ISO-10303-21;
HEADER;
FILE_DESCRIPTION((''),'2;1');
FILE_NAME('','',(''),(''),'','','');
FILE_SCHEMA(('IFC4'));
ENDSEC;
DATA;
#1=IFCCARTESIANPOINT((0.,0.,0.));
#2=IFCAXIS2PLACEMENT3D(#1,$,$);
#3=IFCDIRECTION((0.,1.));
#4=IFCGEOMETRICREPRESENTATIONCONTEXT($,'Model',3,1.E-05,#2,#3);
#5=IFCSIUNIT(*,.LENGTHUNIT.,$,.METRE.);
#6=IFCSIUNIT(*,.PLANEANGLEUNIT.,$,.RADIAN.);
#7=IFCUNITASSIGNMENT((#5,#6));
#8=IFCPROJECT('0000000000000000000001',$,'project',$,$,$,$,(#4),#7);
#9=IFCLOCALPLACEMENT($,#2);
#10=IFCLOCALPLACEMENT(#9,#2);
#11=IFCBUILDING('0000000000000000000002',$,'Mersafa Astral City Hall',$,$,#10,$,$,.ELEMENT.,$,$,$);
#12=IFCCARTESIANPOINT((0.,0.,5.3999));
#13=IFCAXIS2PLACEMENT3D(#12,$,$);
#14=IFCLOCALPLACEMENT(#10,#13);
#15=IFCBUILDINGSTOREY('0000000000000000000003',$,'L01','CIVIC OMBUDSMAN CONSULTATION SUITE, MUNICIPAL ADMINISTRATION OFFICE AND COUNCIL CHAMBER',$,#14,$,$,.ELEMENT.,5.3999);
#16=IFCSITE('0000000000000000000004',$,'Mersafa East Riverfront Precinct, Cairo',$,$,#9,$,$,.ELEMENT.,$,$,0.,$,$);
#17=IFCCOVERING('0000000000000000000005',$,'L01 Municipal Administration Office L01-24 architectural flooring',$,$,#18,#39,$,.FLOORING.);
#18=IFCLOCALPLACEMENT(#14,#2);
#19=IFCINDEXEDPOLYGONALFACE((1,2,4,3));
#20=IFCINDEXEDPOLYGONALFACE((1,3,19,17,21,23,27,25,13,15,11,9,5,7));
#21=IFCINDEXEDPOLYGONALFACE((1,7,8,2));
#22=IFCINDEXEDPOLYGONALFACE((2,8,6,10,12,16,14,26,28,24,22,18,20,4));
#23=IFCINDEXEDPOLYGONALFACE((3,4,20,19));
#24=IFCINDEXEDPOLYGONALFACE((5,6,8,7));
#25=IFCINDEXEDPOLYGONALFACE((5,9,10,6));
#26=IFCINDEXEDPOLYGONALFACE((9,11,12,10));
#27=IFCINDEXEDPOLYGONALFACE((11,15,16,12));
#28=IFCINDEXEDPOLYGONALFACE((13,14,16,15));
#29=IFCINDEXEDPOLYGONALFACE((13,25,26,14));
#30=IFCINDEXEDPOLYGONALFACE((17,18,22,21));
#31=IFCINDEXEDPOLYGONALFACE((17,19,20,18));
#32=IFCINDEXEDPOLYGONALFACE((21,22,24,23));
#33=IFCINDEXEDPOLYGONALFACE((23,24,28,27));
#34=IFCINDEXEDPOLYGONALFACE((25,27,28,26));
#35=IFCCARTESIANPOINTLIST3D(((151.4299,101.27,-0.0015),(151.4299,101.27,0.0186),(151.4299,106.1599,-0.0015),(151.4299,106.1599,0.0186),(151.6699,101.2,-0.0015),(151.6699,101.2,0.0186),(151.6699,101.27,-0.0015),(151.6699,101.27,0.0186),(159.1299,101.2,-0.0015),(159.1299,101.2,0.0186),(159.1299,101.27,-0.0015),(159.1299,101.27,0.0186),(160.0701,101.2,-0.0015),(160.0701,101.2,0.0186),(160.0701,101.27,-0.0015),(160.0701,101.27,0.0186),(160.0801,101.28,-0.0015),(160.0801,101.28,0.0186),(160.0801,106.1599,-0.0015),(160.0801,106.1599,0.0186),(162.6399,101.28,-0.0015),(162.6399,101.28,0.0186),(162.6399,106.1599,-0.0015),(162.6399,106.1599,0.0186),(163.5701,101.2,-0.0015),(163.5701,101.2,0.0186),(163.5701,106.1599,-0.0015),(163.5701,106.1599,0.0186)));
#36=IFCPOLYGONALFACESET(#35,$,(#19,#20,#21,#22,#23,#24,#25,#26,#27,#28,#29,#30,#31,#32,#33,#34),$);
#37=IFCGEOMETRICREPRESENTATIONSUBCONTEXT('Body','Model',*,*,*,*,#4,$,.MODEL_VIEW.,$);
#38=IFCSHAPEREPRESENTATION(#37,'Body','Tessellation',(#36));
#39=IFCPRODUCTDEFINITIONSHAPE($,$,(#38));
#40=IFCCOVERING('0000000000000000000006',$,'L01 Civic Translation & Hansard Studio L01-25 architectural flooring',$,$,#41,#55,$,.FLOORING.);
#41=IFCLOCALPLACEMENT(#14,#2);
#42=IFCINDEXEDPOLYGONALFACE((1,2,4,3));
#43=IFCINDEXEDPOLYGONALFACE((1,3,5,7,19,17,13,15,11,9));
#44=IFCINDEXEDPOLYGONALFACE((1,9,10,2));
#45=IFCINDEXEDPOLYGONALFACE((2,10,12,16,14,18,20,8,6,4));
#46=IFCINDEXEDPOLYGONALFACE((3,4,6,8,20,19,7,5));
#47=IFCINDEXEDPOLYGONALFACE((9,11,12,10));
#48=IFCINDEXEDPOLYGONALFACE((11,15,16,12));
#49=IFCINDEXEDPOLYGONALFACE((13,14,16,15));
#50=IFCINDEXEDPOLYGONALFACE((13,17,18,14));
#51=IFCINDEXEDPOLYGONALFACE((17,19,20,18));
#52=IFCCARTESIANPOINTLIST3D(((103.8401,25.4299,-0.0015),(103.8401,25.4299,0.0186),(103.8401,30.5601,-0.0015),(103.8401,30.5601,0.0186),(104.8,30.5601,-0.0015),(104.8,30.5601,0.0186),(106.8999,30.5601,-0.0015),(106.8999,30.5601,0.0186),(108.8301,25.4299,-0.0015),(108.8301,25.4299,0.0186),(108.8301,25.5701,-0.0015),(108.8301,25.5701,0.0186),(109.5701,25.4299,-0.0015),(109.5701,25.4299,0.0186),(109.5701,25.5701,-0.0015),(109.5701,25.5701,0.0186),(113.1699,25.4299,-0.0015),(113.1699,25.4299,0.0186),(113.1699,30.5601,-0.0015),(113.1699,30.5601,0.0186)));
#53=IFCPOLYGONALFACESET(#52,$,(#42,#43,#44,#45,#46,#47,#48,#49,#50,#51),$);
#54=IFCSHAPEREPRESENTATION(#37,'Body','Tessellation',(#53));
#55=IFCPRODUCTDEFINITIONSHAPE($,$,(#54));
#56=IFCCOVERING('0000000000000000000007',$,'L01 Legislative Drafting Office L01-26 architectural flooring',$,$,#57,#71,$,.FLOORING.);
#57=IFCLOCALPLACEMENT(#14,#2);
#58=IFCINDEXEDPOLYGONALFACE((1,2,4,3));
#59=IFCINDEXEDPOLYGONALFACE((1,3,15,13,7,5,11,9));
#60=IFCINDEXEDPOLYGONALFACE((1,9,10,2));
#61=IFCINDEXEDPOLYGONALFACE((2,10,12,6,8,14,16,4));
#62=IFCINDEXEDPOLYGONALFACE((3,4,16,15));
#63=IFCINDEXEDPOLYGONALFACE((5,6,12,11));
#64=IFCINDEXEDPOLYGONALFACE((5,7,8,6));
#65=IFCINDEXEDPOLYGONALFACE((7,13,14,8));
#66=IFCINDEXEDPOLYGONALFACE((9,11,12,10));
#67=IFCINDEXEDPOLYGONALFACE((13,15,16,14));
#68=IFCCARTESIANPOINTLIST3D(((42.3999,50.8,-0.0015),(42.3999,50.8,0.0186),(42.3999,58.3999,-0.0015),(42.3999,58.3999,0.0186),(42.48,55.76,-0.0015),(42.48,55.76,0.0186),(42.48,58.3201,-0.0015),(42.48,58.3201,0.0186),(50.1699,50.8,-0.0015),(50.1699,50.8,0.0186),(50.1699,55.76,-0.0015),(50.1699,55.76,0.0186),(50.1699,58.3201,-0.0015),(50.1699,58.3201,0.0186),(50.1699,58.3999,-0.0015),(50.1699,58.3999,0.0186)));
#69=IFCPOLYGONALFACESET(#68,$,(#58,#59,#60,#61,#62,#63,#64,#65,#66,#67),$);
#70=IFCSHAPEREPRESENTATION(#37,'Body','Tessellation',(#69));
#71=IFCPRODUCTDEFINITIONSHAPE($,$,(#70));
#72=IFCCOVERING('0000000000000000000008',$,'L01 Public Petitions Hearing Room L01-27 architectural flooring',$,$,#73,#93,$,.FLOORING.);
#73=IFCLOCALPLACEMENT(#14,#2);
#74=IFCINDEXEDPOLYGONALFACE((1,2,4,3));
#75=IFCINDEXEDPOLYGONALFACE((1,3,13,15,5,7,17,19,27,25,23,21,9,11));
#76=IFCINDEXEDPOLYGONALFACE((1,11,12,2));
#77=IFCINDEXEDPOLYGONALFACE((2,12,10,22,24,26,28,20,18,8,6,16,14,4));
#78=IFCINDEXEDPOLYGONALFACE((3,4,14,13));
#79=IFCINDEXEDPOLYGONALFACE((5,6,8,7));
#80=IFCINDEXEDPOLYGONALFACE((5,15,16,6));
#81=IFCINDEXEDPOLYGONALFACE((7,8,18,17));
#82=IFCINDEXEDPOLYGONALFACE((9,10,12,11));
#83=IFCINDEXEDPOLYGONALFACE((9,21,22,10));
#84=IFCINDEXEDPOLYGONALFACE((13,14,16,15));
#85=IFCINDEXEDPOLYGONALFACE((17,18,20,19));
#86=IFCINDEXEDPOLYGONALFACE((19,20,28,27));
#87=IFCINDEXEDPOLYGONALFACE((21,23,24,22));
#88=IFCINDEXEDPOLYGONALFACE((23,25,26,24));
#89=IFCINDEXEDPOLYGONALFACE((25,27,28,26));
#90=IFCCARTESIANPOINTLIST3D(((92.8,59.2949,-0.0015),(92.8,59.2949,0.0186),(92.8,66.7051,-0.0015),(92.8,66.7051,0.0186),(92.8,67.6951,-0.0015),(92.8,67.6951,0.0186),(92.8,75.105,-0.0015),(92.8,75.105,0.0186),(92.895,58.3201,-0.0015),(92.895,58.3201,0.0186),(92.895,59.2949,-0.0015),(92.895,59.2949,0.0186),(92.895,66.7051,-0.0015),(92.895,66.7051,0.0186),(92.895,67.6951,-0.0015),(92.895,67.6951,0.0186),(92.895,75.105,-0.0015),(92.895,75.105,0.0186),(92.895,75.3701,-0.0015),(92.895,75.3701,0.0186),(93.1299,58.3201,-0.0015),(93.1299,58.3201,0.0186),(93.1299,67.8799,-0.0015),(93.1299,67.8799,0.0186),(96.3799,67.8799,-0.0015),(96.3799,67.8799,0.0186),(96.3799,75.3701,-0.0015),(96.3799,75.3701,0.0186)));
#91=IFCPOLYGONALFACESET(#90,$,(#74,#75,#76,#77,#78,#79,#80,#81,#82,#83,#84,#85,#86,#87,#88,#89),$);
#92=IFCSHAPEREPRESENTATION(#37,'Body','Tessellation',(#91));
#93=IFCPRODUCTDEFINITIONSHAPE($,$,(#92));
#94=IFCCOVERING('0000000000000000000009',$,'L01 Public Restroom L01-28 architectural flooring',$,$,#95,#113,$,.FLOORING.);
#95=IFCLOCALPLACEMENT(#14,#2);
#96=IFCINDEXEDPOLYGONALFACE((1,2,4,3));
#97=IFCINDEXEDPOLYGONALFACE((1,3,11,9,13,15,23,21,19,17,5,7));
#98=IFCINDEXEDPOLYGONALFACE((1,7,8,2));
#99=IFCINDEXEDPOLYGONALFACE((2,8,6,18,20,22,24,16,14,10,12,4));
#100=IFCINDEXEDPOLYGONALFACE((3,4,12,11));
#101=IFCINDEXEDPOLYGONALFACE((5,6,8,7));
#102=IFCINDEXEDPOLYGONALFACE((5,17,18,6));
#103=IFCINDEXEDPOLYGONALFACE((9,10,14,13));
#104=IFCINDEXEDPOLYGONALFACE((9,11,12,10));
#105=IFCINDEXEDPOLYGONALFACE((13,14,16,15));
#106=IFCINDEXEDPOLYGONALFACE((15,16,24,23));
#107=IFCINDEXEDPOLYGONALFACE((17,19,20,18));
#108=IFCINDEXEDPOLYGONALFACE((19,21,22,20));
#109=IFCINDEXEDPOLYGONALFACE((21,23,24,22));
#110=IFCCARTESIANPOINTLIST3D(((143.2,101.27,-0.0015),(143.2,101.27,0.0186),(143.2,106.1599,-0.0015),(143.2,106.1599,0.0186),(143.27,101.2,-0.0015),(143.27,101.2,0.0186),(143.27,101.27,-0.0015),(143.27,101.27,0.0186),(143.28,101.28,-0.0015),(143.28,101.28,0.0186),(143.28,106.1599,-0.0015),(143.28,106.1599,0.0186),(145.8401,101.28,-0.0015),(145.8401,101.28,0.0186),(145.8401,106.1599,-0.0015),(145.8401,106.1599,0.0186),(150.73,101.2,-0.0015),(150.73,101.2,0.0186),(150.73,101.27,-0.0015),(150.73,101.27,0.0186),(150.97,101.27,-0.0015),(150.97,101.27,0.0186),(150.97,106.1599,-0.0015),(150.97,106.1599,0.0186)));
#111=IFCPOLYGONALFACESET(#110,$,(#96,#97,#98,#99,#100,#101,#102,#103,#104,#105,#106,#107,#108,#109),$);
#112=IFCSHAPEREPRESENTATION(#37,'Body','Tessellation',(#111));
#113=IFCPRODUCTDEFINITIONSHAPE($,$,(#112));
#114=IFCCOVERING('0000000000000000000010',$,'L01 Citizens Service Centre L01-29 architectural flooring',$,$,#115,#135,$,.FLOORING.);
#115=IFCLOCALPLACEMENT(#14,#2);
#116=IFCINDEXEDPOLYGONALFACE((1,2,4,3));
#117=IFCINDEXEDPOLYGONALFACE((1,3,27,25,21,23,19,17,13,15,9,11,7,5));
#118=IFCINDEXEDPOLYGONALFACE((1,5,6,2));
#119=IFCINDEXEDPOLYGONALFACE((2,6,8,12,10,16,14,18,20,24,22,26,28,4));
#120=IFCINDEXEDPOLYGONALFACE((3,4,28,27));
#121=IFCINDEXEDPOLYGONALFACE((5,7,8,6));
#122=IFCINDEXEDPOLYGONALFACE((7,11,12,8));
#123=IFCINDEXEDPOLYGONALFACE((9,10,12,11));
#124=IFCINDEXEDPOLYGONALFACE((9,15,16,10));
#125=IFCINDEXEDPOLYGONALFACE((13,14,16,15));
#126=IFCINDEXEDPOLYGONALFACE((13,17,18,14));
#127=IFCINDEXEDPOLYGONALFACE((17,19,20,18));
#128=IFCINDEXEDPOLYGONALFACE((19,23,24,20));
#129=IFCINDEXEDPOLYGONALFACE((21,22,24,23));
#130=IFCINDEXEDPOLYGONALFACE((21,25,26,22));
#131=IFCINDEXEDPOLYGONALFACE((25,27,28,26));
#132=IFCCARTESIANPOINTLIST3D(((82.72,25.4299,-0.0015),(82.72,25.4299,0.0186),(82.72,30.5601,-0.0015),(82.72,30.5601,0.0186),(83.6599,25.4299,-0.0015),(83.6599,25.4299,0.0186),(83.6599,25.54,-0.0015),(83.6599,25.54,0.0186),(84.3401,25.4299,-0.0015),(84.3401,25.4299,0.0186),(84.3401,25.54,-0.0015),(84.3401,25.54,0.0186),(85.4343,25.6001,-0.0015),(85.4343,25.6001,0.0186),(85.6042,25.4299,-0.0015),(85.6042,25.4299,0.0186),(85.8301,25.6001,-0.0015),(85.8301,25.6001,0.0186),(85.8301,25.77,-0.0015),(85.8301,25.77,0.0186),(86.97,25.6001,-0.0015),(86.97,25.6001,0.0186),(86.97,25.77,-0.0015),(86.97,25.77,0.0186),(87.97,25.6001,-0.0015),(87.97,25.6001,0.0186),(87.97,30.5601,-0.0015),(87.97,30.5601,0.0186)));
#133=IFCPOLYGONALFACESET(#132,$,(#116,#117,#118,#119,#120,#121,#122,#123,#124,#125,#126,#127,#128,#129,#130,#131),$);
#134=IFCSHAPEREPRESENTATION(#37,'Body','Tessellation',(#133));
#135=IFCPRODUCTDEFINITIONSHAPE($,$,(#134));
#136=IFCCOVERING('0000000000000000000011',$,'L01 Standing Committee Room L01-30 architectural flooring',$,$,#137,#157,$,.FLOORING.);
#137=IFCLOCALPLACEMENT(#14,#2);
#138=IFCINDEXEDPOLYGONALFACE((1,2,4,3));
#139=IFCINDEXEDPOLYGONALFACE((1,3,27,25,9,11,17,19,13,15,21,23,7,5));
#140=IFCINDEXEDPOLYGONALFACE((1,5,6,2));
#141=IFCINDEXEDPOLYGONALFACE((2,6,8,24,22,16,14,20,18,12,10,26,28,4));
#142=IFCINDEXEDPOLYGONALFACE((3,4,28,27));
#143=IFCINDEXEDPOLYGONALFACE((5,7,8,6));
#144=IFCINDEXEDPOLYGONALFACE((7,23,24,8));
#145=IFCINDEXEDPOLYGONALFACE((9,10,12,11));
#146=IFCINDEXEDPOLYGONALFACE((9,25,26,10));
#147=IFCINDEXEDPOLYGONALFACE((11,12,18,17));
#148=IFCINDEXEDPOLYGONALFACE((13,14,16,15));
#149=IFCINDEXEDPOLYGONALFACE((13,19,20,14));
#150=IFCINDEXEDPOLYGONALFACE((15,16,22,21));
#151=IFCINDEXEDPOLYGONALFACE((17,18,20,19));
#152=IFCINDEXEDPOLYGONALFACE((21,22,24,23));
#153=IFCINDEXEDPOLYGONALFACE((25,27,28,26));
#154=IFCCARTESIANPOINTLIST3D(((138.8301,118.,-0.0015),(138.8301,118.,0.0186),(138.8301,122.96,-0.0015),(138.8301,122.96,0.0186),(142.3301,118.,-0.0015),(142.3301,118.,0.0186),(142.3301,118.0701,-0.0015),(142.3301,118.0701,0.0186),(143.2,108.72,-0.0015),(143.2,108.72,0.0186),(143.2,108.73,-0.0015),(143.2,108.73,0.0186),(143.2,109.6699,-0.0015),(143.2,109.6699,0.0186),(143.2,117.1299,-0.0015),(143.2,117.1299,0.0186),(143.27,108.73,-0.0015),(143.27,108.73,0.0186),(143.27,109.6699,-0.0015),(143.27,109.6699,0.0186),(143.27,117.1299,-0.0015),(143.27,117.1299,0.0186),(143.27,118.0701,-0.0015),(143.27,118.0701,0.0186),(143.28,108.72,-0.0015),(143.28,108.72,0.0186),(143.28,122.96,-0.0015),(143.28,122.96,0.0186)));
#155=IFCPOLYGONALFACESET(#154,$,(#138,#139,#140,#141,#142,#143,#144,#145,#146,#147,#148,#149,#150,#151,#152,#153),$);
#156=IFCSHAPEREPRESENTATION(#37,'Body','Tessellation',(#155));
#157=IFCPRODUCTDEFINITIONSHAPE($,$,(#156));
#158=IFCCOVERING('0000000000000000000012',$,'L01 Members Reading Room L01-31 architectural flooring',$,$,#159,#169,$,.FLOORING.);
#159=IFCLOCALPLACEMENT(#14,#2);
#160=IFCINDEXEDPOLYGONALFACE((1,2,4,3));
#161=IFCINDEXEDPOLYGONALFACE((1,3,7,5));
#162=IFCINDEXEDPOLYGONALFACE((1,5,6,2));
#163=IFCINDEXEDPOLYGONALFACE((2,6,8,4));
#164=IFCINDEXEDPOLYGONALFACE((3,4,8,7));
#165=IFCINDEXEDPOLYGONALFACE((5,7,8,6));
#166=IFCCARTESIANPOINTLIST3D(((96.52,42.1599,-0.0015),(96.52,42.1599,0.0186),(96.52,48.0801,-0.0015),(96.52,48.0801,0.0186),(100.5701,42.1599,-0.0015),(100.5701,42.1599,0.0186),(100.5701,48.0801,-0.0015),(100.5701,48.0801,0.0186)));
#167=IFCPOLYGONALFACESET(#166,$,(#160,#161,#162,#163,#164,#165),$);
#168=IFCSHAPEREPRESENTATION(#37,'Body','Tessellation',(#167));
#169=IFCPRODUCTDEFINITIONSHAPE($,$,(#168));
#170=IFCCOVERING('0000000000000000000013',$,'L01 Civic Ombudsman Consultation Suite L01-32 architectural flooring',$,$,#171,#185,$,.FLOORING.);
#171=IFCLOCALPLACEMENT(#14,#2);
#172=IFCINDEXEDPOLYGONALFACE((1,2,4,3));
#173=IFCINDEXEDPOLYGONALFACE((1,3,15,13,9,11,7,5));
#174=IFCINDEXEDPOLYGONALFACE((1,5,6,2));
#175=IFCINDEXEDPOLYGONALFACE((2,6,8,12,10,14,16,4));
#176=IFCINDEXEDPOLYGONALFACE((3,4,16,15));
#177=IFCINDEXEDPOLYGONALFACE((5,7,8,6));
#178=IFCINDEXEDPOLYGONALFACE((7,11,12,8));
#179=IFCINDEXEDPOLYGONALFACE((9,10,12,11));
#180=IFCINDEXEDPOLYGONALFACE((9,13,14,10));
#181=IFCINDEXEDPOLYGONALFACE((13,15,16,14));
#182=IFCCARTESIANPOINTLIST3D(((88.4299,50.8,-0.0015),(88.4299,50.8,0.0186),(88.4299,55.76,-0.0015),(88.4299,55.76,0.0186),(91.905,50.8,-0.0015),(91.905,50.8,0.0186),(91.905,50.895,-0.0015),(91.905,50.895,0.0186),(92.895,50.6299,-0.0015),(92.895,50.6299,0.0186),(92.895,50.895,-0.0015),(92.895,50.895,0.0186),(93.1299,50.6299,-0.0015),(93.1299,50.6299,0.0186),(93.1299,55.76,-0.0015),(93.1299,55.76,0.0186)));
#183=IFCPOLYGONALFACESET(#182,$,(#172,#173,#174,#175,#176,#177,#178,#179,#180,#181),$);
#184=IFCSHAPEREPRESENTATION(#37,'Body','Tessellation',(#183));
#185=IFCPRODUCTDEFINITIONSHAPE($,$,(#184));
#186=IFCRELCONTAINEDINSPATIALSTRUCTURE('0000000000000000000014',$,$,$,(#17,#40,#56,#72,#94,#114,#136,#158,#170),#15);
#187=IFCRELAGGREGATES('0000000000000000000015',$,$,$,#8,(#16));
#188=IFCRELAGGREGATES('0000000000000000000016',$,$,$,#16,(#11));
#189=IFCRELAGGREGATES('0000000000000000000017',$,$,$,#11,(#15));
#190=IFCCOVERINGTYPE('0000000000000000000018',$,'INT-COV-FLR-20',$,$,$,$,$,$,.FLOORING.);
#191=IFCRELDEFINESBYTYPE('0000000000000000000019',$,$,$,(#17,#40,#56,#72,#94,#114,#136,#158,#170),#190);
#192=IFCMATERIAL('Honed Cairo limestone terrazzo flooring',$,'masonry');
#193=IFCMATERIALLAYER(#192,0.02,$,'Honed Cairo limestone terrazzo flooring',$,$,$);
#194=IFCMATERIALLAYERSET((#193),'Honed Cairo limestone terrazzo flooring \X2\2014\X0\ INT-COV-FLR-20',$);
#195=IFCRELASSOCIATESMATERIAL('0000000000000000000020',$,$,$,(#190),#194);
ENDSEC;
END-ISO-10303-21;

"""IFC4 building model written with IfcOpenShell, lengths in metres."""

from ifc_helpers import new_model, si_unit, direction, frame, origin, place, context, subcontext, project, spatial, polyline, outline, extrude, material, layer, layer_set, type_object, element, save


model = new_model("IFC4")

# Units and contexts
model_context = context("Model", 3, precision=1e-05, world=origin(), true_north=direction((0.0, 1.0)))
body_context = subcontext(model_context, "Body", "Model", "MODEL_VIEW")
ifc_project = project(units=[si_unit("LENGTHUNIT", "METRE"), si_unit("PLANEANGLEUNIT", "RADIAN")], contexts=[model_context])

# Site, building, storey
site_placement = place(None, origin())
site = spatial("IfcSite", under=ifc_project, at=site_placement, Name="Mersafa East Riverfront Precinct, Cairo", CompositionType="ELEMENT", RefElevation=0.0)
building_placement = place(site_placement, origin())
building = spatial("IfcBuilding", under=site, at=building_placement, Name="Mersafa Astral City Hall", CompositionType="ELEMENT")
storey_placement = place(building_placement, frame((0.0, 0.0, 5.3999)))
storey = spatial("IfcBuildingStorey", under=building, at=storey_placement, Name="L01", Description="CIVIC OMBUDSMAN CONSULTATION SUITE, MUNICIPAL ADMINISTRATION OFFICE AND COUNCIL CHAMBER", CompositionType="ELEMENT", Elevation=5.3999)

# Coverings
ifc_material_1 = material(Name="Honed Cairo limestone terrazzo flooring", Category="masonry")
ifc_layer_1 = layer(ifc_material_1, 0.02, Name="Honed Cairo limestone terrazzo flooring")
ifc_layer_set_1 = layer_set([ifc_layer_1], Name="Honed Cairo limestone terrazzo flooring — INT-COV-FLR-20")
covering_type_1 = type_object("IfcCoveringType", Name="INT-COV-FLR-20", PredefinedType="FLOORING", material=ifc_layer_set_1)
covering_1_placement = place(storey_placement, frame((0.0, 0.0, -0.0015)))
element("IfcCovering", 1, at=covering_1_placement, inside=storey, type_object=covering_type_1, Name="L01 Municipal Administration Office L01-24 architectural flooring", PredefinedType="FLOORING", context=body_context, shape_type="SweptSolid", body=[
    extrude(outline(polyline([(160.0801, 106.1599), (160.0801, 101.28), (162.6399, 101.28), (162.6399, 106.1599), (163.5701, 106.1599), (163.5701, 101.2), (160.0701, 101.2), (160.0701, 101.27), (159.1299, 101.27), (159.1299, 101.2), (151.6699, 101.2), (151.6699, 101.27), (151.4299, 101.27), (151.4299, 106.1599), (160.0801, 106.1599)])), origin(), (0.0, 0.0, 1.0), 0.02),
])
covering_2_placement = place(storey_placement, frame((0.0, 0.0, -0.0015)))
element("IfcCovering", 2, at=covering_2_placement, inside=storey, type_object=covering_type_1, Name="L01 Civic Translation & Hansard Studio L01-25 architectural flooring", PredefinedType="FLOORING", context=body_context, shape_type="SweptSolid", body=[
    extrude(outline(polyline([(106.8999, 30.5601), (113.1699, 30.5601), (113.1699, 25.4299), (109.5701, 25.4299), (109.5701, 25.5701), (108.8301, 25.5701), (108.8301, 25.4299), (103.8401, 25.4299), (103.8401, 30.5601), (104.8, 30.5601), (106.8999, 30.5601)])), origin(), (0.0, 0.0, 1.0), 0.02),
])
covering_3_placement = place(storey_placement, frame((0.0, 0.0, -0.0015)))
element("IfcCovering", 3, at=covering_3_placement, inside=storey, type_object=covering_type_1, Name="L01 Legislative Drafting Office L01-26 architectural flooring", PredefinedType="FLOORING", context=body_context, shape_type="SweptSolid", body=[
    extrude(outline(polyline([(50.1699, 58.3999), (50.1699, 58.3201), (42.48, 58.3201), (42.48, 55.76), (50.1699, 55.76), (50.1699, 50.8), (42.3999, 50.8), (42.3999, 58.3999), (50.1699, 58.3999)])), origin(), (0.0, 0.0, 1.0), 0.02),
])
covering_4_placement = place(storey_placement, frame((0.0, 0.0, -0.0015)))
element("IfcCovering", 4, at=covering_4_placement, inside=storey, type_object=covering_type_1, Name="L01 Public Petitions Hearing Room L01-27 architectural flooring", PredefinedType="FLOORING", context=body_context, shape_type="SweptSolid", body=[
    extrude(outline(polyline([(92.895, 59.2949), (92.8, 59.2949), (92.8, 66.7051), (92.895, 66.7051), (92.895, 67.6951), (92.8, 67.6951), (92.8, 75.105), (92.895, 75.105), (92.895, 75.3701), (96.3799, 75.3701), (96.3799, 67.8799), (93.1299, 67.8799), (93.1299, 58.3201), (92.895, 58.3201), (92.895, 59.2949)])), origin(), (0.0, 0.0, 1.0), 0.02),
])
covering_5_placement = place(storey_placement, frame((0.0, 0.0, -0.0015)))
element("IfcCovering", 5, at=covering_5_placement, inside=storey, type_object=covering_type_1, Name="L01 Public Restroom L01-28 architectural flooring", PredefinedType="FLOORING", context=body_context, shape_type="SweptSolid", body=[
    extrude(outline(polyline([(143.27, 101.27), (143.2, 101.27), (143.2, 106.1599), (143.28, 106.1599), (143.28, 101.28), (145.8401, 101.28), (145.8401, 106.1599), (150.97, 106.1599), (150.97, 101.27), (150.73, 101.27), (150.73, 101.2), (143.27, 101.2), (143.27, 101.27)])), origin(), (0.0, 0.0, 1.0), 0.02),
])
covering_6_placement = place(storey_placement, frame((0.0, 0.0, -0.0015)))
element("IfcCovering", 6, at=covering_6_placement, inside=storey, type_object=covering_type_1, Name="L01 Citizens Service Centre L01-29 architectural flooring", PredefinedType="FLOORING", context=body_context, shape_type="SweptSolid", body=[
    extrude(outline(polyline([(82.72, 25.4299), (82.72, 30.5601), (87.97, 30.5601), (87.97, 25.6001), (86.97, 25.6001), (86.97, 25.77), (85.8301, 25.77), (85.8301, 25.6001), (85.4343, 25.6001), (85.6042, 25.4299), (84.3401, 25.4299), (84.3401, 25.54), (83.6599, 25.54), (83.6599, 25.4299), (82.72, 25.4299)])), origin(), (0.0, 0.0, 1.0), 0.02),
])
covering_7_placement = place(storey_placement, frame((0.0, 0.0, -0.0015)))
element("IfcCovering", 7, at=covering_7_placement, inside=storey, type_object=covering_type_1, Name="L01 Standing Committee Room L01-30 architectural flooring", PredefinedType="FLOORING", context=body_context, shape_type="SweptSolid", body=[
    extrude(outline(polyline([(138.8301, 118.0), (138.8301, 122.96), (143.28, 122.96), (143.28, 108.72), (143.2, 108.72), (143.2, 108.73), (143.27, 108.73), (143.27, 109.6699), (143.2, 109.6699), (143.2, 117.1299), (143.27, 117.1299), (143.27, 118.0701), (142.3301, 118.0701), (142.3301, 118.0), (138.8301, 118.0)])), origin(), (0.0, 0.0, 1.0), 0.02),
])
covering_8_placement = place(storey_placement, frame((0.0, 0.0, -0.0015)))
element("IfcCovering", 8, at=covering_8_placement, inside=storey, type_object=covering_type_1, Name="L01 Members Reading Room L01-31 architectural flooring", PredefinedType="FLOORING", context=body_context, shape_type="SweptSolid", body=[
    extrude(outline(polyline([(100.5701, 48.0801), (100.5701, 42.1599), (96.52, 42.1599), (96.52, 48.0801), (100.5701, 48.0801)])), origin(), (0.0, 0.0, 1.0), 0.02),
])
covering_9_placement = place(storey_placement, frame((0.0, 0.0, -0.0015)))
element("IfcCovering", 9, at=covering_9_placement, inside=storey, type_object=covering_type_1, Name="L01 Civic Ombudsman Consultation Suite L01-32 architectural flooring", PredefinedType="FLOORING", context=body_context, shape_type="SweptSolid", body=[
    extrude(outline(polyline([(93.1299, 55.76), (93.1299, 50.6299), (92.895, 50.6299), (92.895, 50.895), (91.905, 50.895), (91.905, 50.8), (88.4299, 50.8), (88.4299, 55.76), (93.1299, 55.76)])), origin(), (0.0, 0.0, 1.0), 0.02),
])

save(model, "model.ifc")
